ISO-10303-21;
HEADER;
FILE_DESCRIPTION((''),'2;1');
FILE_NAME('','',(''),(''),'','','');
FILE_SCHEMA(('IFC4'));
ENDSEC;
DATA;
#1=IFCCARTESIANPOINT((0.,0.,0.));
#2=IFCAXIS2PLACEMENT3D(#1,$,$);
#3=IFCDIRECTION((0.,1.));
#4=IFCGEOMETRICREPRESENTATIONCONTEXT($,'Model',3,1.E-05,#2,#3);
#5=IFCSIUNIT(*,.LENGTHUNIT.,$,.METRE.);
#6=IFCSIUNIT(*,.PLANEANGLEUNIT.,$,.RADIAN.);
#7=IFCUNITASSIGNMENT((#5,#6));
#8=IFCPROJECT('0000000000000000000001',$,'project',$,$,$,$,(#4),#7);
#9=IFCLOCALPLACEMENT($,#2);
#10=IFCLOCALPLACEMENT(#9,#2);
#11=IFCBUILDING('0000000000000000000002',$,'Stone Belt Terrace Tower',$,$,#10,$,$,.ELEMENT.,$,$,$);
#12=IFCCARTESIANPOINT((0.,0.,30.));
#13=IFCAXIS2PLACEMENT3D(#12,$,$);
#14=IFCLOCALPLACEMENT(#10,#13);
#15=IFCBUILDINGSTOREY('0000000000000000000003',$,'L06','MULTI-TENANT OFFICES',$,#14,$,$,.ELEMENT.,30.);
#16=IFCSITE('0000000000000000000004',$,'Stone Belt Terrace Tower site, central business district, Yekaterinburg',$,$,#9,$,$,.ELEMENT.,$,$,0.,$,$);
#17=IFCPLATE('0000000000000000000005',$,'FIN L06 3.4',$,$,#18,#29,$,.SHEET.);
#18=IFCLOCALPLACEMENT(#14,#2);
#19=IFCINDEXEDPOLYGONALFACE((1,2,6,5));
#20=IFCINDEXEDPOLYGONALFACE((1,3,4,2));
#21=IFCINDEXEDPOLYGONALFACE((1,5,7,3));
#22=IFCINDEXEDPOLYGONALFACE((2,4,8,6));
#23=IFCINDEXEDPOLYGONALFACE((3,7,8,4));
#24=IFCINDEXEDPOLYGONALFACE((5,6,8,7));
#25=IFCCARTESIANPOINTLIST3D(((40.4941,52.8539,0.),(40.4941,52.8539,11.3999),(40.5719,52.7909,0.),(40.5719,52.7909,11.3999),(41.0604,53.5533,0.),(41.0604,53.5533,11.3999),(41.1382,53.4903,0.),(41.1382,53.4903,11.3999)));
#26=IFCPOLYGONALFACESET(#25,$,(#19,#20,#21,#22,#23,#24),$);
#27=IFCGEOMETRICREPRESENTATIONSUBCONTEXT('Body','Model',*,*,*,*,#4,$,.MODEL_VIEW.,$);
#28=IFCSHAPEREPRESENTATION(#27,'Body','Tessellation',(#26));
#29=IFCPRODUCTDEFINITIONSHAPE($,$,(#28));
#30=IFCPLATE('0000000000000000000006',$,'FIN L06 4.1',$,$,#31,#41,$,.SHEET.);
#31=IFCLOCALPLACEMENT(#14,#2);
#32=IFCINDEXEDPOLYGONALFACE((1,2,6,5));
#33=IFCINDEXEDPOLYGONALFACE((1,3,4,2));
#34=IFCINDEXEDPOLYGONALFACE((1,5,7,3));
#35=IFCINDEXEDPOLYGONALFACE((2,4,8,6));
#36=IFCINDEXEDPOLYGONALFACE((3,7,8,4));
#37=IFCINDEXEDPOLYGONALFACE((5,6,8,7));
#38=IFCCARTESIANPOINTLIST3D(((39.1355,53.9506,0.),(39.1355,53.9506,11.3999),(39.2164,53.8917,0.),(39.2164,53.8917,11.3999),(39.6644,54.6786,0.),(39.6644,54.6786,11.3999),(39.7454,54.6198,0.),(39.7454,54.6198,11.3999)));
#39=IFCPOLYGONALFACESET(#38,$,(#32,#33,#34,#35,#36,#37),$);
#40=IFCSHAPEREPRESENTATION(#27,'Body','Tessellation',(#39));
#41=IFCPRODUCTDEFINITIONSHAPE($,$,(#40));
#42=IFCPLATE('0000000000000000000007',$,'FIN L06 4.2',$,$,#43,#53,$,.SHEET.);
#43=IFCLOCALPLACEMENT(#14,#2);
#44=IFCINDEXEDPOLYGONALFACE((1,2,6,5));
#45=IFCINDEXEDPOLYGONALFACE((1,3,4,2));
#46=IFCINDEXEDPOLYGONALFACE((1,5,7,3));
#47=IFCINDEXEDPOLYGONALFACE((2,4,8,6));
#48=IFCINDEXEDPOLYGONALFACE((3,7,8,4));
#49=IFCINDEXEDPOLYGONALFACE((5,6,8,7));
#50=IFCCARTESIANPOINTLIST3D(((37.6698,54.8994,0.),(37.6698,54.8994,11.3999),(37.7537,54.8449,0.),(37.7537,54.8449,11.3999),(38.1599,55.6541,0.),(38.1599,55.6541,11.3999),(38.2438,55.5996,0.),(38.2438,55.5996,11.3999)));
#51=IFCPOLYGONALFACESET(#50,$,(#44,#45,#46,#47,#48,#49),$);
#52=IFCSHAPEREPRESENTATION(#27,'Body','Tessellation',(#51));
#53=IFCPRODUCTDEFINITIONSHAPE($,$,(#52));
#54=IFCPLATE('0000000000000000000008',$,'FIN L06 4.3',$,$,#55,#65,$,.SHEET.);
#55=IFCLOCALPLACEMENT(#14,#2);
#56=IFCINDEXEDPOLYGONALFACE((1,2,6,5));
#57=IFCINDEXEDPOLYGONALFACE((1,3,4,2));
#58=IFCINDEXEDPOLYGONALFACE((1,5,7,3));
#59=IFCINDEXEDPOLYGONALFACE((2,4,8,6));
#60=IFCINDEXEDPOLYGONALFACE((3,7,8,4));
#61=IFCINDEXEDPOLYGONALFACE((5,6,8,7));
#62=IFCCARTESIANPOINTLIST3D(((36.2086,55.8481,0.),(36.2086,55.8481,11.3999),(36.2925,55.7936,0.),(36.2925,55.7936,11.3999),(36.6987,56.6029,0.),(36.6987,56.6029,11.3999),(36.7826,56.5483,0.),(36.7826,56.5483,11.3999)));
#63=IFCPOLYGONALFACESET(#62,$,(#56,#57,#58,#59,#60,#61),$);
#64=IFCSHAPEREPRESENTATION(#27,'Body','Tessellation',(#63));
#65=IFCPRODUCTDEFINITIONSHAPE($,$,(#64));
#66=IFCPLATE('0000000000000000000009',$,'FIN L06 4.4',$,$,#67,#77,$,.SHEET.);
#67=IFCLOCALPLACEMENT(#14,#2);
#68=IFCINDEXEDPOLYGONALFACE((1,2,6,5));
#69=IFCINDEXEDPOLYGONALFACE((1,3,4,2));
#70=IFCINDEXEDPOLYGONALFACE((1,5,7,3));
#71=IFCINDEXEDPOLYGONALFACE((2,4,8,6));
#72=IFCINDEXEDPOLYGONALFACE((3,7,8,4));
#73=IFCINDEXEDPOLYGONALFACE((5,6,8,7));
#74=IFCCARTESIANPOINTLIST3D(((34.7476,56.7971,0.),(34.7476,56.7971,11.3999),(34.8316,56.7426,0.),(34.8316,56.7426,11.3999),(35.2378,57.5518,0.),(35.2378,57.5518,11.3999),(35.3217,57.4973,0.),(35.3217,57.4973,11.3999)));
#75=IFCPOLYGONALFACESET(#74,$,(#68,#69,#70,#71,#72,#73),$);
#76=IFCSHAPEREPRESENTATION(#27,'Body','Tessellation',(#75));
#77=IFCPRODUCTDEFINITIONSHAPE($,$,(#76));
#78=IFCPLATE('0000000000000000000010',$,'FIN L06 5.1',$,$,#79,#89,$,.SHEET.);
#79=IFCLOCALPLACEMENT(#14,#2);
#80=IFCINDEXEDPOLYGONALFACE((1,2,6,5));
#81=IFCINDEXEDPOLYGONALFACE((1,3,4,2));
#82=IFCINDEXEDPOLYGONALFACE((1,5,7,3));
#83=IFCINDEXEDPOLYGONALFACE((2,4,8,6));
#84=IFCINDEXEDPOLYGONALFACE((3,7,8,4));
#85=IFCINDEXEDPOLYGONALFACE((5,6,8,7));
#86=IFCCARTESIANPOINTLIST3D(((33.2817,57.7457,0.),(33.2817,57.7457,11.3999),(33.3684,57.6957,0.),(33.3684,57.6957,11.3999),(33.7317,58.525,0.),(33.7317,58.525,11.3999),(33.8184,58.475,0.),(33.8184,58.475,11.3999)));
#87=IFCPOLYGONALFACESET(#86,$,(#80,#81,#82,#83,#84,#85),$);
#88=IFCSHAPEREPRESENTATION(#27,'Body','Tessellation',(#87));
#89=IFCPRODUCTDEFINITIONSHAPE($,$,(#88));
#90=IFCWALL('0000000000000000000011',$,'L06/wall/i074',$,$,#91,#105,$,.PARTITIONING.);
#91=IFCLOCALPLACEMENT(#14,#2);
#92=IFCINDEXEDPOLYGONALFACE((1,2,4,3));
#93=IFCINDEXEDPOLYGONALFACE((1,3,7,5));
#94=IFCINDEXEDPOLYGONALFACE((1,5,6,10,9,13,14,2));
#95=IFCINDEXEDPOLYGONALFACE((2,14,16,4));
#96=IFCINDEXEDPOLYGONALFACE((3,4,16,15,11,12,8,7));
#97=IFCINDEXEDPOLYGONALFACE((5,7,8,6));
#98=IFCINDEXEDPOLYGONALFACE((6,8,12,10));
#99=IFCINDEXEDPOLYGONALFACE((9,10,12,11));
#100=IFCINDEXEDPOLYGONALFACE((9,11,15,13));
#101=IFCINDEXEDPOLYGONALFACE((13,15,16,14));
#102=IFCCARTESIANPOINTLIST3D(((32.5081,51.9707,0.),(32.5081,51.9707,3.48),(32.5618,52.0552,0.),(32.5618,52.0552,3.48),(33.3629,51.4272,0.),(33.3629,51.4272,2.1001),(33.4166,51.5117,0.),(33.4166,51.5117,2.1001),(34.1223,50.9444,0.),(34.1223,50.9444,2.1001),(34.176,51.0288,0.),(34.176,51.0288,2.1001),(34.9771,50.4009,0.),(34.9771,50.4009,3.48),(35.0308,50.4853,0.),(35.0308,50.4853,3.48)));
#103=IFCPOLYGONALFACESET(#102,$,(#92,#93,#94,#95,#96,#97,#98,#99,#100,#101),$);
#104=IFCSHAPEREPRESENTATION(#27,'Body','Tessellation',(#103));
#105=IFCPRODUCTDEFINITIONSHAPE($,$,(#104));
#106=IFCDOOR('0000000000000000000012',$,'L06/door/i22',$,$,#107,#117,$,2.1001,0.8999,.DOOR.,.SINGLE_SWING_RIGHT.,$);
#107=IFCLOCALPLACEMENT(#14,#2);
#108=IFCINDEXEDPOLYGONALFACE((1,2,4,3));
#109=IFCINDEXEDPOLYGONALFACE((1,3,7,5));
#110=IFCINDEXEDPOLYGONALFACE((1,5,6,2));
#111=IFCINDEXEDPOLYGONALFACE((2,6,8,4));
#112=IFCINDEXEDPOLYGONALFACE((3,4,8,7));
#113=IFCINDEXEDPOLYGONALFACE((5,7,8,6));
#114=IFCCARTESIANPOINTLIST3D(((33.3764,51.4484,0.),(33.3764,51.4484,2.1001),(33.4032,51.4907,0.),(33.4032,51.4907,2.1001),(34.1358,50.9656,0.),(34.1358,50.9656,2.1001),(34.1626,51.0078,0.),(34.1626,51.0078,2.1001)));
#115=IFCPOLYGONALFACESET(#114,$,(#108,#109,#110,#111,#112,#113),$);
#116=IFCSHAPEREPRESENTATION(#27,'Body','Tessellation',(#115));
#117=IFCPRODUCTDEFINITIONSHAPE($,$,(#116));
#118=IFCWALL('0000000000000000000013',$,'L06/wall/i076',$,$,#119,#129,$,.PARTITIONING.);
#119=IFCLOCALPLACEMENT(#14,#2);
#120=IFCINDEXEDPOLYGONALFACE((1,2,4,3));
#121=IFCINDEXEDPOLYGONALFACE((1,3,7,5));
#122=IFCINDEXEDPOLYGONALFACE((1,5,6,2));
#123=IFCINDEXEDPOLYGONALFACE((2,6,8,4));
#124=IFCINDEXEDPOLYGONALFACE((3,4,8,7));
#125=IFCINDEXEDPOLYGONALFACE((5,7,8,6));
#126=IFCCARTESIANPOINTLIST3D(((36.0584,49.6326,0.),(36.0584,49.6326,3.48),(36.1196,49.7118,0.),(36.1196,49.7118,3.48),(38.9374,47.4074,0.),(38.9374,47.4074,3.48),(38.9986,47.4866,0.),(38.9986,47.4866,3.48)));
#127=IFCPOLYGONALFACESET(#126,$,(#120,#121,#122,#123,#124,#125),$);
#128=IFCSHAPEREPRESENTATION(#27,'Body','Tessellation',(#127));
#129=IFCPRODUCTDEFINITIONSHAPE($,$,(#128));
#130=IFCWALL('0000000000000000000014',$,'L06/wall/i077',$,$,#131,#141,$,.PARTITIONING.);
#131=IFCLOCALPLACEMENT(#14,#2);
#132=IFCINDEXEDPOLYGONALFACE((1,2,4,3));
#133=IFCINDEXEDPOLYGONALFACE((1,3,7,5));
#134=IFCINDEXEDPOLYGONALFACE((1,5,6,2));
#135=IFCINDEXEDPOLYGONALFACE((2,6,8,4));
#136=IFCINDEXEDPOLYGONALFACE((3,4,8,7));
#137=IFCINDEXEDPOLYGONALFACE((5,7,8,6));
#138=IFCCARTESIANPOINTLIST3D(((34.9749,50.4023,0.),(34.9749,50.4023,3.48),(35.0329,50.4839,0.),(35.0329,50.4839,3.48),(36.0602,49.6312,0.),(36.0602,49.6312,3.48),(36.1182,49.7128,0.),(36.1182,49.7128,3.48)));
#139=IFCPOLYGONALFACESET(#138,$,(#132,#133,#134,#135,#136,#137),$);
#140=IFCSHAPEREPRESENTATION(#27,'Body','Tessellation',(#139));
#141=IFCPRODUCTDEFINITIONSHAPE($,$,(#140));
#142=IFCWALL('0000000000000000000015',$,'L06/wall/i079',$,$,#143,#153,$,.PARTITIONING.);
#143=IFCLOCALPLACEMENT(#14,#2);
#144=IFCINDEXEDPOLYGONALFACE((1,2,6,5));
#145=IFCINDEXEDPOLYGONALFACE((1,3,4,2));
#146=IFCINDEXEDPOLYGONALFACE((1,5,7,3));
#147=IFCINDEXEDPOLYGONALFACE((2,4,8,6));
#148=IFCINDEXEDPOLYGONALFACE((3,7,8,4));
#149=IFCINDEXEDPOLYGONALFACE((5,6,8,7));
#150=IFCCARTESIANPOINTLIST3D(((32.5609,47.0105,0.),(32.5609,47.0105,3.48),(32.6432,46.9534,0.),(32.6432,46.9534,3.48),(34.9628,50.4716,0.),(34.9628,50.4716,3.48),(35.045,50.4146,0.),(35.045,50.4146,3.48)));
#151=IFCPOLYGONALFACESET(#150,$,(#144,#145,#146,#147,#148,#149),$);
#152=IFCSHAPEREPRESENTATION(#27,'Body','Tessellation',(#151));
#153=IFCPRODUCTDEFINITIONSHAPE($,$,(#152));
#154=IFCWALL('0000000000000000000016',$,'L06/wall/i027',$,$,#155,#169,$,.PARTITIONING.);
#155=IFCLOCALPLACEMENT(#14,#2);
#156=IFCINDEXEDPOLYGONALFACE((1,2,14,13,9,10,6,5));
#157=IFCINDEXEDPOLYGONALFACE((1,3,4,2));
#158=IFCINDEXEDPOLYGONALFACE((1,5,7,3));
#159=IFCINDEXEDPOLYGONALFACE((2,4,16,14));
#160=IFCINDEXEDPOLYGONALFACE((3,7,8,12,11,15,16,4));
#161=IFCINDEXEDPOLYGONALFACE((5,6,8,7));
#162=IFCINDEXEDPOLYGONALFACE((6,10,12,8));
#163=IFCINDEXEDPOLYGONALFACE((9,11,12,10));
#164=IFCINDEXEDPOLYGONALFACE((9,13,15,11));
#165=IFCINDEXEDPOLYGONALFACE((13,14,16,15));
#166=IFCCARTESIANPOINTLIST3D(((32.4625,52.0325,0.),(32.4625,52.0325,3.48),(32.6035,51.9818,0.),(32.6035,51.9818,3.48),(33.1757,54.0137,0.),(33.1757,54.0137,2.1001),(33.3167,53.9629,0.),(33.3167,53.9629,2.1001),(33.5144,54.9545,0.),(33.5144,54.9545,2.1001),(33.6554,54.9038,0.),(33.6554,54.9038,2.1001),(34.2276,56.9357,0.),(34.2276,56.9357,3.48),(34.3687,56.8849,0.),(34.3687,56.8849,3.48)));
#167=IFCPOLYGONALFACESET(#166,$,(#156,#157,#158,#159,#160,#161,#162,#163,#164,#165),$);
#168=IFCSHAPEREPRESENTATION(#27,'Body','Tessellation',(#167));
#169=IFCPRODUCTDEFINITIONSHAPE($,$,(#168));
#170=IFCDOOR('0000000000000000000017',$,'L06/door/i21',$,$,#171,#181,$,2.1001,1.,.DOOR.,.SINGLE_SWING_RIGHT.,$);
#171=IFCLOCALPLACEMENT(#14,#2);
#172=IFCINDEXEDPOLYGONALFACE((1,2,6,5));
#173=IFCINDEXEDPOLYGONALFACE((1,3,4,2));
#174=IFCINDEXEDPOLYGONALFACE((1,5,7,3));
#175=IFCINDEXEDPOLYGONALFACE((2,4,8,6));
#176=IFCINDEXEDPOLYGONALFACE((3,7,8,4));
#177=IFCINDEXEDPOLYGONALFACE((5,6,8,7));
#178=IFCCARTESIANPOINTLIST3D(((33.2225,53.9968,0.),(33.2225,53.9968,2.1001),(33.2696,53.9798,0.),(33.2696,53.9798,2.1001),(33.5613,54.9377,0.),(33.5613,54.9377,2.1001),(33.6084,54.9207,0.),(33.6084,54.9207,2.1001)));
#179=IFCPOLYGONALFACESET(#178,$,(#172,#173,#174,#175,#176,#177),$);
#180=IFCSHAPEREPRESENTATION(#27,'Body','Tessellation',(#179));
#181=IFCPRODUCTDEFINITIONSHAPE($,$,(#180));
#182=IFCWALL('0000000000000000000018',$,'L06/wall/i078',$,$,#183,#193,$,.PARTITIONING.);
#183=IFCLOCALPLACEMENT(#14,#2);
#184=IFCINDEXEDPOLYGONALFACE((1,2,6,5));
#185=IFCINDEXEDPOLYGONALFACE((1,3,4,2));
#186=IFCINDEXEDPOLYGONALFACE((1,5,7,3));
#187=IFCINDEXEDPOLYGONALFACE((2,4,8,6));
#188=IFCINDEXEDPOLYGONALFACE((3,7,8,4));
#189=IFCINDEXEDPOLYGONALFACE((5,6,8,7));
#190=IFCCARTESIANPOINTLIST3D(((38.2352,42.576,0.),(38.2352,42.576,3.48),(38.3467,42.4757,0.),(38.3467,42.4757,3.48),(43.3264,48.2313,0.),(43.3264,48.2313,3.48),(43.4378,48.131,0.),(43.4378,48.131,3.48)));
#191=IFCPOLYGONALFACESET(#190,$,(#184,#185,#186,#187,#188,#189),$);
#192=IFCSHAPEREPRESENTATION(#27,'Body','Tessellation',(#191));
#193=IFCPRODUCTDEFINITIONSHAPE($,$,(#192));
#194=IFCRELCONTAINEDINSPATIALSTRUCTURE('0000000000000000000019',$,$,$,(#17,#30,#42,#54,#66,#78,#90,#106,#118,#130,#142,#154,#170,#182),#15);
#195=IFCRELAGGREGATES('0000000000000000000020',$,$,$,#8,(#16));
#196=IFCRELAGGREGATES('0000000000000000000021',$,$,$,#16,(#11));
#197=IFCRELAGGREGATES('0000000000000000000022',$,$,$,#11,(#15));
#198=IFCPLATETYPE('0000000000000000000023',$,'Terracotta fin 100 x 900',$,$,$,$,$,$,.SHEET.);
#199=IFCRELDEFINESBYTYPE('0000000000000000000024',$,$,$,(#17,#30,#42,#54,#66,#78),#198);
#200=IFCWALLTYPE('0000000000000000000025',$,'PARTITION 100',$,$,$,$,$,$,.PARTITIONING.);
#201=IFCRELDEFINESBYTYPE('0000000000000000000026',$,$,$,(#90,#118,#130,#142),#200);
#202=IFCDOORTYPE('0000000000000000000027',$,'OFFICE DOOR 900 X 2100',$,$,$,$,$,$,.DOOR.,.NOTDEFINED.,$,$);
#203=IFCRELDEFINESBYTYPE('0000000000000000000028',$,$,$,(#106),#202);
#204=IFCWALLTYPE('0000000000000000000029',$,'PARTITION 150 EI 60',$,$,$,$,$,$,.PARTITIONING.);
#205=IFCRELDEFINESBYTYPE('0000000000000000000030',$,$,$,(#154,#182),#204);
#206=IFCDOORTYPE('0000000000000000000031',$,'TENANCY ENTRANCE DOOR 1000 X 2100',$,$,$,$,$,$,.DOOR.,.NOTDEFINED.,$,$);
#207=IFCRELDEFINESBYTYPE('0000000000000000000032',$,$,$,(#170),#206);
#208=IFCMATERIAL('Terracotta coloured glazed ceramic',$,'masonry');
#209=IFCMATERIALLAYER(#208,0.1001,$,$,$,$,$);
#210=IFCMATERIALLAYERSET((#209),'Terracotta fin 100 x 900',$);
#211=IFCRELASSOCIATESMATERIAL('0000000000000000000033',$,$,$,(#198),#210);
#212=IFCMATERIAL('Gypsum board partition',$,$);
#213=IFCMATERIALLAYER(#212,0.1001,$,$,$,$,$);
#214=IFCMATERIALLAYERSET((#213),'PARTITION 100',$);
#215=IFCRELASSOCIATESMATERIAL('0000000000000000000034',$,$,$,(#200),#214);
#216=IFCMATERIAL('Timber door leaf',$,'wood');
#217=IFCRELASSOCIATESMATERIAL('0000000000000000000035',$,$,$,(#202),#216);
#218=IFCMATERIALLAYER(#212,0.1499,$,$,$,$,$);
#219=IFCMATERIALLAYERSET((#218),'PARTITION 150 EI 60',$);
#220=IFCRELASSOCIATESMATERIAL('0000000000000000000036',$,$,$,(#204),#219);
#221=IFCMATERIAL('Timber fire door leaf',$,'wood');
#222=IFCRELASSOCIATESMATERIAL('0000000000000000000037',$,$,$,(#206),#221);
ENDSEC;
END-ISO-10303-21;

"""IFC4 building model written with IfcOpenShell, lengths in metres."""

from ifc_helpers import new_model, si_unit, direction, frame, frame_2d, origin, origin_2d, place, context, subcontext, project, spatial, rectangle, extrude, material, layer, layer_set, type_object, element, fill, save


model = new_model("IFC4")

# Units and contexts
model_context = context("Model", 3, precision=1e-05, world=origin(), true_north=direction((0.0, 1.0)))
body_context = subcontext(model_context, "Body", "Model", "MODEL_VIEW")
ifc_project = project(units=[si_unit("LENGTHUNIT", "METRE"), si_unit("PLANEANGLEUNIT", "RADIAN")], contexts=[model_context])

# Site, building, storey
site_placement = place(None, origin())
site = spatial("IfcSite", under=ifc_project, at=site_placement, Name="Stone Belt Terrace Tower site, central business district, Yekaterinburg", CompositionType="ELEMENT", RefElevation=0.0)
building_placement = place(site_placement, origin())
building = spatial("IfcBuilding", under=site, at=building_placement, Name="Stone Belt Terrace Tower", CompositionType="ELEMENT")
storey_placement = place(building_placement, frame((0.0, 0.0, 30.0)))
storey = spatial("IfcBuildingStorey", under=building, at=storey_placement, Name="L06", Description="MULTI-TENANT OFFICES", CompositionType="ELEMENT", Elevation=30.0)

# Plates
ifc_material_1 = material(Name="Terracotta coloured glazed ceramic", Category="masonry")
ifc_layer_1 = layer(ifc_material_1, 0.1001)
ifc_layer_set_1 = layer_set([ifc_layer_1], Name="Terracotta fin 100 x 900")
plate_type_1 = type_object("IfcPlateType", Name="Terracotta fin 100 x 900", PredefinedType="SHEET", material=ifc_layer_set_1)
for number, where, z_axis, x_axis, name in (
    (1, (40.8162, 53.1721, 0.0), (0.0, 0.0, 1.0), (0.62932, 0.777146, 0.0), "FIN L06 3.4"),
    (2, (39.4404, 54.2852, 0.0), (0.0, 0.0, 1.0), (0.587785, 0.809017, 0.0), "FIN L06 4.1"),
    (3, (37.9568, 55.2495, 0.0), (0.0, 0.0, 1.0), (0.544639, 0.838671, 0.0), "FIN L06 4.2"),
    (4, (36.4956, 56.1982, 0.0), (0.0, 0.0, 1.0), (0.544639, 0.838671, 0.0), "FIN L06 4.3"),
    (5, (35.0347, 57.1472, 0.0), (0.0, 0.0, 1.0), (0.544639, 0.838671, 0.0), "FIN L06 4.4"),
    (6, (33.55, 58.1104, 0.0), (0.0, 0.0, 1.0), (0.5, 0.866025, 0.0), "FIN L06 5.1"),
):
    element("IfcPlate", number, at=place(storey_placement, frame(where, z_axis=z_axis, x_axis=x_axis)), inside=storey, type_object=plate_type_1, Name=name, PredefinedType="SHEET", context=body_context, shape_type="SweptSolid", body=[
        extrude(rectangle(XDim=0.8999, YDim=0.1001, at=origin_2d()), origin(), (0.0, 0.0, 1.0), 11.3999),
    ])

# Wall, opening, door
ifc_material_2 = material(Name="Gypsum board partition")
ifc_layer_2 = layer(ifc_material_2, 0.1001)
ifc_layer_set_2 = layer_set([ifc_layer_2], Name="PARTITION 100")
wall_type_1 = type_object("IfcWallType", Name="PARTITION 100", PredefinedType="PARTITIONING", material=ifc_layer_set_2)
wall_1_placement = place(storey_placement, frame((35.0039, 50.4431, 0.0), z_axis=(0.0, 0.0, 1.0), x_axis=(-0.843871, 0.536546, 0.0)))
wall_1 = element("IfcWall", 7, at=wall_1_placement, inside=storey, type_object=wall_type_1, Name="L06/wall/i074", PredefinedType="PARTITIONING", context=body_context, shape_type="SweptSolid", body=[
    extrude(rectangle(XDim=2.9258, YDim=0.1001, at=frame_2d((1.4629, 0.0))), origin(), (0.0, 0.0, 1.0), 3.48),
])
opening_1_placement = place(wall_1_placement, frame((1.0129, 0.0, 0.0)))
opening_1 = element("IfcOpeningElement", 8, at=opening_1_placement, cuts=wall_1, PredefinedType="OPENING", context=body_context, shape_type="SweptSolid", body=[
    extrude(rectangle(XDim=0.8999, YDim=2.1001, at=frame_2d((0.45, 1.05))), frame((0.0, 0.0601, 0.0), z_axis=(0.0, -1.0, 0.0), x_axis=(1.0, 0.0, 0.0)), (0.0, 0.0, 1.0), 0.1201),
])
ifc_material_3 = material(Name="Timber door leaf", Category="wood")
door_type_1 = type_object("IfcDoorType", Name="OFFICE DOOR 900 X 2100", OperationType="NOTDEFINED", PredefinedType="DOOR", material=ifc_material_3)
door_1_placement = place(opening_1_placement, origin())
door_1 = element("IfcDoor", 9, at=door_1_placement, inside=storey, type_object=door_type_1, Name="L06/door/i22", OperationType="SINGLE_SWING_RIGHT", OverallHeight=2.1001, OverallWidth=0.8999, PredefinedType="DOOR", context=body_context, shape_type="SweptSolid", body=[
    extrude(rectangle(XDim=0.8999, YDim=2.1001, at=frame_2d((0.45, 1.05))), frame((0.0, 0.0249, 0.0), z_axis=(0.0, -1.0, 0.0), x_axis=(1.0, 0.0, 0.0)), (0.0, 0.0, 1.0), 0.05),
])
fill(opening_1, door_1)

# Walls
wall_2_placement = place(storey_placement, frame((38.968, 47.447, 0.0), z_axis=(0.0, 0.0, 1.0), x_axis=(-0.79122, 0.611532, 0.0)))
element("IfcWall", 10, at=wall_2_placement, inside=storey, type_object=wall_type_1, Name="L06/wall/i076", PredefinedType="PARTITIONING", context=body_context, shape_type="SweptSolid", body=[
    extrude(rectangle(XDim=3.6387, YDim=0.1001, at=frame_2d((1.8193, 0.0))), origin(), (0.0, 0.0, 1.0), 3.48),
])
wall_3_placement = place(storey_placement, frame((36.0891, 49.6721, 0.0), z_axis=(0.0, 0.0, 1.0), x_axis=(-0.815205, 0.579172, 0.0)))
element("IfcWall", 11, at=wall_3_placement, inside=storey, type_object=wall_type_1, Name="L06/wall/i077", PredefinedType="PARTITIONING", context=body_context, shape_type="SweptSolid", body=[
    extrude(rectangle(XDim=1.3313, YDim=0.1001, at=frame_2d((0.6655, 0.0))), origin(), (0.0, 0.0, 1.0), 3.48),
])
wall_4_placement = place(storey_placement, frame((35.0039, 50.4431, 0.0), z_axis=(0.0, 0.0, 1.0), x_axis=(-0.570117, -0.821564, 0.0)))
element("IfcWall", 12, at=wall_4_placement, inside=storey, type_object=wall_type_1, Name="L06/wall/i079", PredefinedType="PARTITIONING", context=body_context, shape_type="SweptSolid", body=[
    extrude(rectangle(XDim=4.2129, YDim=0.1001, at=frame_2d((2.1064, 0.0))), origin(), (0.0, 0.0, 1.0), 3.48),
])

# Wall, opening, door
ifc_layer_3 = layer(ifc_material_2, 0.1499)
ifc_layer_set_3 = layer_set([ifc_layer_3], Name="PARTITION 150 EI 60")
wall_type_2 = type_object("IfcWallType", Name="PARTITION 150 EI 60", PredefinedType="PARTITIONING", material=ifc_layer_set_3)
wall_5_placement = place(storey_placement, frame((34.2981, 56.9102, 0.0), z_axis=(0.0, 0.0, 1.0), x_axis=(-0.338724, -0.940886, 0.0)))
wall_5 = element("IfcWall", 13, at=wall_5_placement, inside=storey, type_object=wall_type_2, Name="L06/wall/i027", PredefinedType="PARTITIONING", context=body_context, shape_type="SweptSolid", body=[
    extrude(rectangle(XDim=5.2112, YDim=0.1499, at=frame_2d((2.6055, 0.0))), origin(), (0.0, 0.0, 1.0), 3.48),
])
opening_2_placement = place(wall_5_placement, frame((2.1055, 0.0, 0.0)))
opening_2 = element("IfcOpeningElement", 14, at=opening_2_placement, cuts=wall_5, PredefinedType="OPENING", context=body_context, shape_type="SweptSolid", body=[
    extrude(rectangle(XDim=1.0, YDim=2.1001, at=frame_2d((0.5, 1.05))), frame((0.0, 0.085, 0.0), z_axis=(0.0, -1.0, 0.0), x_axis=(1.0, 0.0, 0.0)), (0.0, 0.0, 1.0), 0.1699),
])
ifc_material_4 = material(Name="Timber fire door leaf", Category="wood")
door_type_2 = type_object("IfcDoorType", Name="TENANCY ENTRANCE DOOR 1000 X 2100", OperationType="NOTDEFINED", PredefinedType="DOOR", material=ifc_material_4)
door_2_placement = place(opening_2_placement, origin())
door_2 = element("IfcDoor", 15, at=door_2_placement, inside=storey, type_object=door_type_2, Name="L06/door/i21", OperationType="SINGLE_SWING_RIGHT", OverallHeight=2.1001, OverallWidth=1.0, PredefinedType="DOOR", context=body_context, shape_type="SweptSolid", body=[
    extrude(rectangle(XDim=1.0, YDim=2.1001, at=frame_2d((0.5, 1.05))), frame((0.0, 0.0249, 0.0), z_axis=(0.0, -1.0, 0.0), x_axis=(1.0, 0.0, 0.0)), (0.0, 0.0, 1.0), 0.05),
])
fill(opening_2, door_2)

# Wall
wall_6_placement = place(storey_placement, frame((43.3821, 48.1812, 0.0), z_axis=(0.0, 0.0, 1.0), x_axis=(-0.66906, -0.743208, 0.0)))
element("IfcWall", 16, at=wall_6_placement, inside=storey, type_object=wall_type_2, Name="L06/wall/i078", PredefinedType="PARTITIONING", context=body_context, shape_type="SweptSolid", body=[
    extrude(rectangle(XDim=7.6094, YDim=0.1499, at=frame_2d((3.8047, 0.0))), origin(), (0.0, 0.0, 1.0), 3.48),
])

save(model, "model.ifc")
